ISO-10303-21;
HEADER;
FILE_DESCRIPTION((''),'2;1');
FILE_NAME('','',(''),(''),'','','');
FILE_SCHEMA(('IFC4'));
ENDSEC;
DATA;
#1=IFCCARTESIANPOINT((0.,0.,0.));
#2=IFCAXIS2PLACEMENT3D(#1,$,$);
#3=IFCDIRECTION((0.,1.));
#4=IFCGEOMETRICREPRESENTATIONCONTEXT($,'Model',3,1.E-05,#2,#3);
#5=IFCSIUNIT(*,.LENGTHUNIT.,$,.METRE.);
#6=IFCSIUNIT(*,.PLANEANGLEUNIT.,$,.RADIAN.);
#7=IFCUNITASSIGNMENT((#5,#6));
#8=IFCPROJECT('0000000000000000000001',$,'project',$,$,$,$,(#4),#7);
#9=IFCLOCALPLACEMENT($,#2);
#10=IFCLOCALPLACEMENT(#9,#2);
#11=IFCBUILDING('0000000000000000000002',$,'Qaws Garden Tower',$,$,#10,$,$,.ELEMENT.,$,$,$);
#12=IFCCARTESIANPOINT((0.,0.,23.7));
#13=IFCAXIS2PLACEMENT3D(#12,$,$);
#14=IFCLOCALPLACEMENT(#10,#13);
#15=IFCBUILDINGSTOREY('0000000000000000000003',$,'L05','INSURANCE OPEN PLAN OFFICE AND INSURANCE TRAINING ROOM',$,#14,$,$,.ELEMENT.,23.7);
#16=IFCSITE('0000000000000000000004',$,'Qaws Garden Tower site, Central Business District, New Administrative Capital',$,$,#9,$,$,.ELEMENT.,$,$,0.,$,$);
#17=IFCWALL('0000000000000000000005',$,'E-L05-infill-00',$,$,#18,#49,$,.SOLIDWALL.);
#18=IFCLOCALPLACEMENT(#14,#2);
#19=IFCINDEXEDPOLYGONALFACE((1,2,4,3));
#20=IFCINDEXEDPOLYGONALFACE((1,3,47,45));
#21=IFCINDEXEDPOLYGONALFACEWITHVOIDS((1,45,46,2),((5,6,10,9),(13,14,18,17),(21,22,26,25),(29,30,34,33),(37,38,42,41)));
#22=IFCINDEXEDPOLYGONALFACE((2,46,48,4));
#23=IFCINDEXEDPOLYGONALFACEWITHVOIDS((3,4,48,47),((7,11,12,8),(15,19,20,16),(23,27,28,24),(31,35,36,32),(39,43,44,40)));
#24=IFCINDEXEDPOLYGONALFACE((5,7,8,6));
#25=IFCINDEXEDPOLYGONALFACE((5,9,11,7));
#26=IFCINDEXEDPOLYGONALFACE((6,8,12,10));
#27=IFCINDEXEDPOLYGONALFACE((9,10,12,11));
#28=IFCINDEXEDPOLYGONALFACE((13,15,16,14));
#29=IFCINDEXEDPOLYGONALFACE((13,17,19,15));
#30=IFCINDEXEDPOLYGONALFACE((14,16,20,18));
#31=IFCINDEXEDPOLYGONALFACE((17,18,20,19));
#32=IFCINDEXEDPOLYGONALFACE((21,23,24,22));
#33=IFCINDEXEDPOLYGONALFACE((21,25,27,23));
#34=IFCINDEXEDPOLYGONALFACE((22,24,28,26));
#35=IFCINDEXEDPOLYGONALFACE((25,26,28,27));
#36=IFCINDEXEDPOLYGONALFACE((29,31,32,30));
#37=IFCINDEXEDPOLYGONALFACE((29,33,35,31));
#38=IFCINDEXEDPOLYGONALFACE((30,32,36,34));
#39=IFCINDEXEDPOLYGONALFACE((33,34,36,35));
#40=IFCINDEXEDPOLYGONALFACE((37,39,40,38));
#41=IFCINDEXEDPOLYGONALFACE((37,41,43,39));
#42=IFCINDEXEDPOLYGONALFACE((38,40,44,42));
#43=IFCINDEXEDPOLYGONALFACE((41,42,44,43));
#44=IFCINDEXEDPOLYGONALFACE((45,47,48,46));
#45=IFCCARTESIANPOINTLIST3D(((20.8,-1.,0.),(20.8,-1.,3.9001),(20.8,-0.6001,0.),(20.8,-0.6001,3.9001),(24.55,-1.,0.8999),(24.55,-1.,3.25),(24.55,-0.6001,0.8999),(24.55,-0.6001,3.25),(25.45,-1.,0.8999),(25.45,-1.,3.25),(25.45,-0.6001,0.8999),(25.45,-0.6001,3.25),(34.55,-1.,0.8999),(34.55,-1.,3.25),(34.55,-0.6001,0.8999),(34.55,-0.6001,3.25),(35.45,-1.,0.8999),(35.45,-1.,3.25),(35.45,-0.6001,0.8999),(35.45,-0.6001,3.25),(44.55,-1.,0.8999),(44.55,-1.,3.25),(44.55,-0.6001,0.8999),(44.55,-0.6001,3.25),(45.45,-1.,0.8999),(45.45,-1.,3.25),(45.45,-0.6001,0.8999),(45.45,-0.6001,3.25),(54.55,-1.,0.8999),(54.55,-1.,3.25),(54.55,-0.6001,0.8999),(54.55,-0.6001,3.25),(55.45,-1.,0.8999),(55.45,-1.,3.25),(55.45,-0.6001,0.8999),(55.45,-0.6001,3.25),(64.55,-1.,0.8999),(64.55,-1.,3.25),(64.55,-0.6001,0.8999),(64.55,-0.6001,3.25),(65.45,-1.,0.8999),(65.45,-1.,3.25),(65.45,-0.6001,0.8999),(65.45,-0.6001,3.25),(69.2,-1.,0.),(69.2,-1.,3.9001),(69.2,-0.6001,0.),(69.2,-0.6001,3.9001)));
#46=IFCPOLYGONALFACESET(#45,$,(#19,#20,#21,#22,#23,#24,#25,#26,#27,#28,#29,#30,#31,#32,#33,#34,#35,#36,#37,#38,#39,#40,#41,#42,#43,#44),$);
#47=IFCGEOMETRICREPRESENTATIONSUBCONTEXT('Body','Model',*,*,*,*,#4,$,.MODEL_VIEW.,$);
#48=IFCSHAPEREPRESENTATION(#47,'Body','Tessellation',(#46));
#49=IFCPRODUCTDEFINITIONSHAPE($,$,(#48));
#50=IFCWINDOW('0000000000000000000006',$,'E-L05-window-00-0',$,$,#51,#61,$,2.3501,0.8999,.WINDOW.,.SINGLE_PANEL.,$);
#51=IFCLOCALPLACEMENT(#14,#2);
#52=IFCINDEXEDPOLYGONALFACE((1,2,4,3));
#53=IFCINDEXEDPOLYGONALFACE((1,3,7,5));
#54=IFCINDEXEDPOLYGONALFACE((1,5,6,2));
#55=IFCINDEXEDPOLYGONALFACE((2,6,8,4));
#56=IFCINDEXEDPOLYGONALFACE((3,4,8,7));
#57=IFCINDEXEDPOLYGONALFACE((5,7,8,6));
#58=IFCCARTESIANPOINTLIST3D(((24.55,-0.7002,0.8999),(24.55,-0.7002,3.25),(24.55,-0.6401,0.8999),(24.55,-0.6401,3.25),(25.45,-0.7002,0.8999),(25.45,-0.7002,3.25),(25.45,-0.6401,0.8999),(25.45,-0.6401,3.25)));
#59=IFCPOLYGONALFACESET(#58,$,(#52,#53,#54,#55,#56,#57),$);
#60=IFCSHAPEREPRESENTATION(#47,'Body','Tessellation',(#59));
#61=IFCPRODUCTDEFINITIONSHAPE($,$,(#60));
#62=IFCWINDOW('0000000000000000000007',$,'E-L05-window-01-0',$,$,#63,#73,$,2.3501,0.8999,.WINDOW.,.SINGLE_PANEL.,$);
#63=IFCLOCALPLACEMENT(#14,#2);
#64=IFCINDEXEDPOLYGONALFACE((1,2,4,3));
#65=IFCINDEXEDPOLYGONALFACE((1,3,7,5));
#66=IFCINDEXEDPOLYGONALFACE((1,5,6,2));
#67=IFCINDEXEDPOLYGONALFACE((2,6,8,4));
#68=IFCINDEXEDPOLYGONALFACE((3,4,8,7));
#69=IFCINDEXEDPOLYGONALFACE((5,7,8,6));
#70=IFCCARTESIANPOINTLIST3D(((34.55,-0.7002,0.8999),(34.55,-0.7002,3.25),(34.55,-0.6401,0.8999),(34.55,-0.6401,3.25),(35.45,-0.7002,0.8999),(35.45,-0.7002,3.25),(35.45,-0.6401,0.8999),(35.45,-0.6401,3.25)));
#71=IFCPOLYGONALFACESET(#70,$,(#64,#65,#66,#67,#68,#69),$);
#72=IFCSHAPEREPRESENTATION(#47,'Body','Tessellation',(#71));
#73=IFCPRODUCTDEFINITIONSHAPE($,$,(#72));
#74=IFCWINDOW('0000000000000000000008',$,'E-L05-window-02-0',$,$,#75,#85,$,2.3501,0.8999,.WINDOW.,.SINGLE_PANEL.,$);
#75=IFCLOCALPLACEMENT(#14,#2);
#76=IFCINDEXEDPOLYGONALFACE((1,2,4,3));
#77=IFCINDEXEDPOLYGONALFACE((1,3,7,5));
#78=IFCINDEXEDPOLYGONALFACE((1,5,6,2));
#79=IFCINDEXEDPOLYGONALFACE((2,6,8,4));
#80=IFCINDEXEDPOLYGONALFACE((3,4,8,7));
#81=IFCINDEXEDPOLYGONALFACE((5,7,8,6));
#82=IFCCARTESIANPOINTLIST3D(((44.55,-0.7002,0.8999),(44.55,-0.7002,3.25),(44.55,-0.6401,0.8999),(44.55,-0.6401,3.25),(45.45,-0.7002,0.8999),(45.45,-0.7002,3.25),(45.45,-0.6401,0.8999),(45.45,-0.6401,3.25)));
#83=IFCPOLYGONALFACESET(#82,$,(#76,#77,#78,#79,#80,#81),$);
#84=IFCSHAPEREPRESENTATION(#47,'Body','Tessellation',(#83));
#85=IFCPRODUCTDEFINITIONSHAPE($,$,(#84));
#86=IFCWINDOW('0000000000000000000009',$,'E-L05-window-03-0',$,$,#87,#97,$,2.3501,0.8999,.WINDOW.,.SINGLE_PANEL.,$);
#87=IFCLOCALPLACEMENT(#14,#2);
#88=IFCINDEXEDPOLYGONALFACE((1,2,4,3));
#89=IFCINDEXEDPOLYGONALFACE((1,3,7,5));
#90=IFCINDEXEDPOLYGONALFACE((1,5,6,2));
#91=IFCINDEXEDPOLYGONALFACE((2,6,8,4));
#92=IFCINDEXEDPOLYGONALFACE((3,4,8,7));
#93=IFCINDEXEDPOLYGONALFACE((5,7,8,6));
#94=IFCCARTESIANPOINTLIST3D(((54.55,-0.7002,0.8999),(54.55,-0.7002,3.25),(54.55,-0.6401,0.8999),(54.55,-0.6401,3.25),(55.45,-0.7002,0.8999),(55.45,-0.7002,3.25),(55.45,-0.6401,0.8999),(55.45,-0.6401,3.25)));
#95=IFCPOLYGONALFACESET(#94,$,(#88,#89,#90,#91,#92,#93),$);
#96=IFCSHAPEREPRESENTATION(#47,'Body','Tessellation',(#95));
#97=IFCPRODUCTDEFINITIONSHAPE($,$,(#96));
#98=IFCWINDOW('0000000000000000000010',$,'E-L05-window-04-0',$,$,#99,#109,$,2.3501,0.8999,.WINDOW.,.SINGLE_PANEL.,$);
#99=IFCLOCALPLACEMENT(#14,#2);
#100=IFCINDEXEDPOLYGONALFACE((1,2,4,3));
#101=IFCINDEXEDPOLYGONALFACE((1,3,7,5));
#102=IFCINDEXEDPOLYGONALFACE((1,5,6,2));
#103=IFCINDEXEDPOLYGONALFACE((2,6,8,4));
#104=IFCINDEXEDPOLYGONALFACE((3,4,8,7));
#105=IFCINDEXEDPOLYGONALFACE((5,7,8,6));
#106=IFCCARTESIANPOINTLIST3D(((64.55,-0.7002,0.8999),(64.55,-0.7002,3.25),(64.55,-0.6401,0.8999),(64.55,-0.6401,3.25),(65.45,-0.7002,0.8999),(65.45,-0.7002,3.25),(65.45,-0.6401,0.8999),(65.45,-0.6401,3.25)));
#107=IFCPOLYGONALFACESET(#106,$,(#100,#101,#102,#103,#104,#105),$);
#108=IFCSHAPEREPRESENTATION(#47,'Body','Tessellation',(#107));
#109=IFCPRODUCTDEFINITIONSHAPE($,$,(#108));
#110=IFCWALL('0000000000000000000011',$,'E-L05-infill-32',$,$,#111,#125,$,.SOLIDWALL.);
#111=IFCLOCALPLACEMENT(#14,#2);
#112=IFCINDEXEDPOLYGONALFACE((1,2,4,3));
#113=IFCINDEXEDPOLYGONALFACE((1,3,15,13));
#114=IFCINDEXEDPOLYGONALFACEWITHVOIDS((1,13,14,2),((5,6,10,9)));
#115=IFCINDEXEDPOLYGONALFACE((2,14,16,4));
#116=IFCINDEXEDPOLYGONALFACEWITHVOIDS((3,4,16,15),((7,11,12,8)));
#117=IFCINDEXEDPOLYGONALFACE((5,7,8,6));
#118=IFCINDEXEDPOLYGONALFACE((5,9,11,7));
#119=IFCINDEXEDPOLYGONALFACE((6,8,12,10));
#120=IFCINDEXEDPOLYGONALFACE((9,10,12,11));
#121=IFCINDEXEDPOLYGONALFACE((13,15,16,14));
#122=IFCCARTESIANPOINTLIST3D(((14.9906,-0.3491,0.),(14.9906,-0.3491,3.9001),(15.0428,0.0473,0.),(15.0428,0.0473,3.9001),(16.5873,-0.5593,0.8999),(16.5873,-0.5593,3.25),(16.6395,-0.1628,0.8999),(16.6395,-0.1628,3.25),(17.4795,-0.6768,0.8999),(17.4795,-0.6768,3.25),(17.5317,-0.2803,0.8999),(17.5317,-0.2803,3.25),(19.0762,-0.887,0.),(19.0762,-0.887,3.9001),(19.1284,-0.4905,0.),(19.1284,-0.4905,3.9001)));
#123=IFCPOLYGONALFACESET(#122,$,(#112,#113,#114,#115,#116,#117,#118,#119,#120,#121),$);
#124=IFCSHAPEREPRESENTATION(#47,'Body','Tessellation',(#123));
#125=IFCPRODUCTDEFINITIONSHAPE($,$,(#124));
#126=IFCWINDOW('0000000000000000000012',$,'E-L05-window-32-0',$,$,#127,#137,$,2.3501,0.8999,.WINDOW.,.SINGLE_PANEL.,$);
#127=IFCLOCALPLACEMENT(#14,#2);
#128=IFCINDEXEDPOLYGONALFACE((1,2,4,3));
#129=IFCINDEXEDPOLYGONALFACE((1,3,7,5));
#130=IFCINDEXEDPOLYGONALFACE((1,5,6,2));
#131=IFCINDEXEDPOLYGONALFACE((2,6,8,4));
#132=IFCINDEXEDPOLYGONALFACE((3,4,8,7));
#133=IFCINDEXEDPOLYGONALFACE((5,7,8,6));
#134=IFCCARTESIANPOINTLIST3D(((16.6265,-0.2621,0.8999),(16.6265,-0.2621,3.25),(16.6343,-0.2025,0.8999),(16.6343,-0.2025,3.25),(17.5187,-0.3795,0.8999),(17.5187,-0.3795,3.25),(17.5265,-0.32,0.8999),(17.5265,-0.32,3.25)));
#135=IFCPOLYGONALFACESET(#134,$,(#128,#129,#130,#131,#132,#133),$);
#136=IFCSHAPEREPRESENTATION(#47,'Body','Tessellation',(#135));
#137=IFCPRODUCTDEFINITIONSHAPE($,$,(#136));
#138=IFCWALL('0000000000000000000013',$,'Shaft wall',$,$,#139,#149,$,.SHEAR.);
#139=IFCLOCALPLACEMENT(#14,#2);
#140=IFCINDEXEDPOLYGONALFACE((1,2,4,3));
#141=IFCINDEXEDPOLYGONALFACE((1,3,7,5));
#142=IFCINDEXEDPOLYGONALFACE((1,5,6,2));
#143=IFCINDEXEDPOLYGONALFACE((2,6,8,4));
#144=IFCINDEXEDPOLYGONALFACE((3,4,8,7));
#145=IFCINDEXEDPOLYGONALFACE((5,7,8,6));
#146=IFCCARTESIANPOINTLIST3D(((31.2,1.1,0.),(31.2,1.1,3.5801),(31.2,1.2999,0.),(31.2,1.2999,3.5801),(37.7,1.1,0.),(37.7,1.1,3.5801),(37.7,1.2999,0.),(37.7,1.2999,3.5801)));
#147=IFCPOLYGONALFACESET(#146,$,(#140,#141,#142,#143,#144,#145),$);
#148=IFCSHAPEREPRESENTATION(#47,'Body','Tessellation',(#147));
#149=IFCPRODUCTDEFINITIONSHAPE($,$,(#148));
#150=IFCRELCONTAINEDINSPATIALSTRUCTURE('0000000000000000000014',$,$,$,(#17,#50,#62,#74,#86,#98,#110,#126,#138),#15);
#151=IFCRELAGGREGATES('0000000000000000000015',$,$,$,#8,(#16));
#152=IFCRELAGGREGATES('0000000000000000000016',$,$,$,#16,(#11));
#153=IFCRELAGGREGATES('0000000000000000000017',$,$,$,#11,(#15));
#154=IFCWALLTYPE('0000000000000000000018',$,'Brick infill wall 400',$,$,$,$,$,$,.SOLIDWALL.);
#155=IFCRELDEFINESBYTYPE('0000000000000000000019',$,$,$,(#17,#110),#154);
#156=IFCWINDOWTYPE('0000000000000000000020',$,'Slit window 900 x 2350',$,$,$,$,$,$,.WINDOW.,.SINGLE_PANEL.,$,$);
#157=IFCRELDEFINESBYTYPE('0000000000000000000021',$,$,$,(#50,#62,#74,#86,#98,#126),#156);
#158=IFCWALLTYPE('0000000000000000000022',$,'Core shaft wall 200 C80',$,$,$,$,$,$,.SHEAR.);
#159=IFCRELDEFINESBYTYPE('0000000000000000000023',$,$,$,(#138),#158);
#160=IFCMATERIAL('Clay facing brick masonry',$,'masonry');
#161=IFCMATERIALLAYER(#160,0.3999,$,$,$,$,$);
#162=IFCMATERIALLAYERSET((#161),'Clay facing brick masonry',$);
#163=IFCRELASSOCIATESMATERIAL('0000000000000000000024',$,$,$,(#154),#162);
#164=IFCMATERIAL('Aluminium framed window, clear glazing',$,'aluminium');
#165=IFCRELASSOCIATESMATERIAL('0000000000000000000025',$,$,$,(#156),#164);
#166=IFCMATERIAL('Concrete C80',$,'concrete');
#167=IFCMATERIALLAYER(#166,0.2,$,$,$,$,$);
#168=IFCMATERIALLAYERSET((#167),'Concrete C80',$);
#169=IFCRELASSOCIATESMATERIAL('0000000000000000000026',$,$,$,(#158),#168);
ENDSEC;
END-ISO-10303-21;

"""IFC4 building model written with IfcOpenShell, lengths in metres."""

from ifc_helpers import new_model, si_unit, direction, frame, frame_2d, origin, place, context, subcontext, project, spatial, rectangle, extrude, material, layer, layer_set, type_object, element, fill, save


model = new_model("IFC4")

# Units and contexts
model_context = context("Model", 3, precision=1e-05, world=origin(), true_north=direction((0.0, 1.0)))
body_context = subcontext(model_context, "Body", "Model", "MODEL_VIEW")
ifc_project = project(units=[si_unit("LENGTHUNIT", "METRE"), si_unit("PLANEANGLEUNIT", "RADIAN")], contexts=[model_context])

# Site, building, storey
site_placement = place(None, origin())
site = spatial("IfcSite", under=ifc_project, at=site_placement, Name="Qaws Garden Tower site, Central Business District, New Administrative Capital", CompositionType="ELEMENT", RefElevation=0.0)
building_placement = place(site_placement, origin())
building = spatial("IfcBuilding", under=site, at=building_placement, Name="Qaws Garden Tower", CompositionType="ELEMENT")
storey_placement = place(building_placement, frame((0.0, 0.0, 23.7)))
storey = spatial("IfcBuildingStorey", under=building, at=storey_placement, Name="L05", Description="INSURANCE OPEN PLAN OFFICE AND INSURANCE TRAINING ROOM", CompositionType="ELEMENT", Elevation=23.7)

# Wall, openings, windows
ifc_material_1 = material(Name="Clay facing brick masonry", Category="masonry")
ifc_layer_1 = layer(ifc_material_1, 0.3999)
ifc_layer_set_1 = layer_set([ifc_layer_1], Name="Clay facing brick masonry")
wall_type_1 = type_object("IfcWallType", Name="Brick infill wall 400", PredefinedType="SOLIDWALL", material=ifc_layer_set_1)
wall_1_placement = place(storey_placement, frame((20.8, -0.8, 0.0), z_axis=(0.0, 0.0, 1.0), x_axis=(1.0, 0.0, 0.0)))
wall_1 = element("IfcWall", 1, at=wall_1_placement, inside=storey, type_object=wall_type_1, Name="E-L05-infill-00", PredefinedType="SOLIDWALL", context=body_context, shape_type="SweptSolid", body=[
    extrude(rectangle(XDim=48.3999, YDim=0.3999, at=frame_2d((24.2, 0.0))), origin(), (0.0, 0.0, 1.0), 3.9001),
])
opening_1_placement = place(wall_1_placement, frame((3.75, 0.0, 0.8999)))
opening_1 = element("IfcOpeningElement", 2, at=opening_1_placement, cuts=wall_1, PredefinedType="OPENING", context=body_context, shape_type="SweptSolid", body=[
    extrude(rectangle(XDim=0.8999, YDim=2.3501, at=frame_2d((0.45, 1.175))), frame((0.0, 0.21, 0.0), z_axis=(0.0, -1.0, 0.0), x_axis=(1.0, 0.0, 0.0)), (0.0, 0.0, 1.0), 0.4199),
])
opening_2_placement = place(wall_1_placement, frame((13.75, 0.0, 0.8999)))
opening_2 = element("IfcOpeningElement", 3, at=opening_2_placement, cuts=wall_1, PredefinedType="OPENING", context=body_context, shape_type="SweptSolid", body=[
    extrude(rectangle(XDim=0.8999, YDim=2.3501, at=frame_2d((0.45, 1.175))), frame((0.0, 0.21, 0.0), z_axis=(0.0, -1.0, 0.0), x_axis=(1.0, 0.0, 0.0)), (0.0, 0.0, 1.0), 0.4199),
])
opening_3_placement = place(wall_1_placement, frame((23.75, 0.0, 0.8999)))
opening_3 = element("IfcOpeningElement", 4, at=opening_3_placement, cuts=wall_1, PredefinedType="OPENING", context=body_context, shape_type="SweptSolid", body=[
    extrude(rectangle(XDim=0.8999, YDim=2.3501, at=frame_2d((0.45, 1.175))), frame((0.0, 0.21, 0.0), z_axis=(0.0, -1.0, 0.0), x_axis=(1.0, 0.0, 0.0)), (0.0, 0.0, 1.0), 0.4199),
])
opening_4_placement = place(wall_1_placement, frame((33.75, 0.0, 0.8999)))
opening_4 = element("IfcOpeningElement", 5, at=opening_4_placement, cuts=wall_1, PredefinedType="OPENING", context=body_context, shape_type="SweptSolid", body=[
    extrude(rectangle(XDim=0.8999, YDim=2.3501, at=frame_2d((0.45, 1.175))), frame((0.0, 0.21, 0.0), z_axis=(0.0, -1.0, 0.0), x_axis=(1.0, 0.0, 0.0)), (0.0, 0.0, 1.0), 0.4199),
])
opening_5_placement = place(wall_1_placement, frame((43.75, 0.0, 0.8999)))
opening_5 = element("IfcOpeningElement", 6, at=opening_5_placement, cuts=wall_1, PredefinedType="OPENING", context=body_context, shape_type="SweptSolid", body=[
    extrude(rectangle(XDim=0.8999, YDim=2.3501, at=frame_2d((0.45, 1.175))), frame((0.0, 0.21, 0.0), z_axis=(0.0, -1.0, 0.0), x_axis=(1.0, 0.0, 0.0)), (0.0, 0.0, 1.0), 0.4199),
])
ifc_material_2 = material(Name="Aluminium framed window, clear glazing", Category="aluminium")
window_type = type_object("IfcWindowType", Name="Slit window 900 x 2350", PartitioningType="SINGLE_PANEL", PredefinedType="WINDOW", material=ifc_material_2)
window_1_placement = place(opening_1_placement, origin())
window_1 = element("IfcWindow", 7, at=window_1_placement, inside=storey, type_object=window_type, Name="E-L05-window-00-0", OverallHeight=2.3501, OverallWidth=0.8999, PartitioningType="SINGLE_PANEL", PredefinedType="WINDOW", context=body_context, shape_type="SweptSolid", body=[
    extrude(rectangle(XDim=0.8999, YDim=2.3501, at=frame_2d((0.45, 1.175))), frame((0.0, 0.1599, 0.0), z_axis=(0.0, -1.0, 0.0), x_axis=(1.0, 0.0, 0.0)), (0.0, 0.0, 1.0), 0.0601),
])
fill(opening_1, window_1)
window_2_placement = place(opening_2_placement, origin())
window_2 = element("IfcWindow", 8, at=window_2_placement, inside=storey, type_object=window_type, Name="E-L05-window-01-0", OverallHeight=2.3501, OverallWidth=0.8999, PartitioningType="SINGLE_PANEL", PredefinedType="WINDOW", context=body_context, shape_type="SweptSolid", body=[
    extrude(rectangle(XDim=0.8999, YDim=2.3501, at=frame_2d((0.45, 1.175))), frame((0.0, 0.1599, 0.0), z_axis=(0.0, -1.0, 0.0), x_axis=(1.0, 0.0, 0.0)), (0.0, 0.0, 1.0), 0.0601),
])
fill(opening_2, window_2)
window_3_placement = place(opening_3_placement, origin())
window_3 = element("IfcWindow", 9, at=window_3_placement, inside=storey, type_object=window_type, Name="E-L05-window-02-0", OverallHeight=2.3501, OverallWidth=0.8999, PartitioningType="SINGLE_PANEL", PredefinedType="WINDOW", context=body_context, shape_type="SweptSolid", body=[
    extrude(rectangle(XDim=0.8999, YDim=2.3501, at=frame_2d((0.45, 1.175))), frame((0.0, 0.1599, 0.0), z_axis=(0.0, -1.0, 0.0), x_axis=(1.0, 0.0, 0.0)), (0.0, 0.0, 1.0), 0.0601),
])
fill(opening_3, window_3)
window_4_placement = place(opening_4_placement, origin())
window_4 = element("IfcWindow", 10, at=window_4_placement, inside=storey, type_object=window_type, Name="E-L05-window-03-0", OverallHeight=2.3501, OverallWidth=0.8999, PartitioningType="SINGLE_PANEL", PredefinedType="WINDOW", context=body_context, shape_type="SweptSolid", body=[
    extrude(rectangle(XDim=0.8999, YDim=2.3501, at=frame_2d((0.45, 1.175))), frame((0.0, 0.1599, 0.0), z_axis=(0.0, -1.0, 0.0), x_axis=(1.0, 0.0, 0.0)), (0.0, 0.0, 1.0), 0.0601),
])
fill(opening_4, window_4)
window_5_placement = place(opening_5_placement, origin())
window_5 = element("IfcWindow", 11, at=window_5_placement, inside=storey, type_object=window_type, Name="E-L05-window-04-0", OverallHeight=2.3501, OverallWidth=0.8999, PartitioningType="SINGLE_PANEL", PredefinedType="WINDOW", context=body_context, shape_type="SweptSolid", body=[
    extrude(rectangle(XDim=0.8999, YDim=2.3501, at=frame_2d((0.45, 1.175))), frame((0.0, 0.1599, 0.0), z_axis=(0.0, -1.0, 0.0), x_axis=(1.0, 0.0, 0.0)), (0.0, 0.0, 1.0), 0.0601),
])
fill(opening_5, window_5)

# Wall, opening, window
wall_2_placement = place(storey_placement, frame((15.0166, -0.1509, 0.0), z_axis=(0.0, 0.0, 1.0), x_axis=(0.991446, -0.130514, 0.0)))
wall_2 = element("IfcWall", 12, at=wall_2_placement, inside=storey, type_object=wall_type_1, Name="E-L05-infill-32", PredefinedType="SOLIDWALL", context=body_context, shape_type="SweptSolid", body=[
    extrude(rectangle(XDim=4.1208, YDim=0.3999, at=frame_2d((2.0605, 0.0))), origin(), (0.0, 0.0, 1.0), 3.9001),
])
opening_6_placement = place(wall_2_placement, frame((1.6106, 0.0, 0.8999)))
opening_6 = element("IfcOpeningElement", 13, at=opening_6_placement, cuts=wall_2, PredefinedType="OPENING", context=body_context, shape_type="SweptSolid", body=[
    extrude(rectangle(XDim=0.8999, YDim=2.3501, at=frame_2d((0.45, 1.175))), frame((0.0, 0.21, 0.0), z_axis=(0.0, -1.0, 0.0), x_axis=(1.0, 0.0, 0.0)), (0.0, 0.0, 1.0), 0.4199),
])
window_6_placement = place(opening_6_placement, origin())
window_6 = element("IfcWindow", 14, at=window_6_placement, inside=storey, type_object=window_type, Name="E-L05-window-32-0", OverallHeight=2.3501, OverallWidth=0.8999, PartitioningType="SINGLE_PANEL", PredefinedType="WINDOW", context=body_context, shape_type="SweptSolid", body=[
    extrude(rectangle(XDim=0.8999, YDim=2.3501, at=frame_2d((0.45, 1.175))), frame((0.0, 0.1599, 0.0), z_axis=(0.0, -1.0, 0.0), x_axis=(1.0, 0.0, 0.0)), (0.0, 0.0, 1.0), 0.0601),
])
fill(opening_6, window_6)

# Wall
ifc_material_3 = material(Name="Concrete C80", Category="concrete")
ifc_layer_2 = layer(ifc_material_3, 0.2)
ifc_layer_set_2 = layer_set([ifc_layer_2], Name="Concrete C80")
wall_type_2 = type_object("IfcWallType", Name="Core shaft wall 200 C80", PredefinedType="SHEAR", material=ifc_layer_set_2)
wall_3_placement = place(storey_placement, frame((31.2, 1.2, 0.0), z_axis=(0.0, 0.0, 1.0), x_axis=(1.0, 0.0, 0.0)))
element("IfcWall", 15, at=wall_3_placement, inside=storey, type_object=wall_type_2, Name="Shaft wall", PredefinedType="SHEAR", context=body_context, shape_type="SweptSolid", body=[
    extrude(rectangle(XDim=6.5, YDim=0.2, at=frame_2d((3.25, 0.0))), origin(), (0.0, 0.0, 1.0), 3.5801),
])

save(model, "model.ifc")
